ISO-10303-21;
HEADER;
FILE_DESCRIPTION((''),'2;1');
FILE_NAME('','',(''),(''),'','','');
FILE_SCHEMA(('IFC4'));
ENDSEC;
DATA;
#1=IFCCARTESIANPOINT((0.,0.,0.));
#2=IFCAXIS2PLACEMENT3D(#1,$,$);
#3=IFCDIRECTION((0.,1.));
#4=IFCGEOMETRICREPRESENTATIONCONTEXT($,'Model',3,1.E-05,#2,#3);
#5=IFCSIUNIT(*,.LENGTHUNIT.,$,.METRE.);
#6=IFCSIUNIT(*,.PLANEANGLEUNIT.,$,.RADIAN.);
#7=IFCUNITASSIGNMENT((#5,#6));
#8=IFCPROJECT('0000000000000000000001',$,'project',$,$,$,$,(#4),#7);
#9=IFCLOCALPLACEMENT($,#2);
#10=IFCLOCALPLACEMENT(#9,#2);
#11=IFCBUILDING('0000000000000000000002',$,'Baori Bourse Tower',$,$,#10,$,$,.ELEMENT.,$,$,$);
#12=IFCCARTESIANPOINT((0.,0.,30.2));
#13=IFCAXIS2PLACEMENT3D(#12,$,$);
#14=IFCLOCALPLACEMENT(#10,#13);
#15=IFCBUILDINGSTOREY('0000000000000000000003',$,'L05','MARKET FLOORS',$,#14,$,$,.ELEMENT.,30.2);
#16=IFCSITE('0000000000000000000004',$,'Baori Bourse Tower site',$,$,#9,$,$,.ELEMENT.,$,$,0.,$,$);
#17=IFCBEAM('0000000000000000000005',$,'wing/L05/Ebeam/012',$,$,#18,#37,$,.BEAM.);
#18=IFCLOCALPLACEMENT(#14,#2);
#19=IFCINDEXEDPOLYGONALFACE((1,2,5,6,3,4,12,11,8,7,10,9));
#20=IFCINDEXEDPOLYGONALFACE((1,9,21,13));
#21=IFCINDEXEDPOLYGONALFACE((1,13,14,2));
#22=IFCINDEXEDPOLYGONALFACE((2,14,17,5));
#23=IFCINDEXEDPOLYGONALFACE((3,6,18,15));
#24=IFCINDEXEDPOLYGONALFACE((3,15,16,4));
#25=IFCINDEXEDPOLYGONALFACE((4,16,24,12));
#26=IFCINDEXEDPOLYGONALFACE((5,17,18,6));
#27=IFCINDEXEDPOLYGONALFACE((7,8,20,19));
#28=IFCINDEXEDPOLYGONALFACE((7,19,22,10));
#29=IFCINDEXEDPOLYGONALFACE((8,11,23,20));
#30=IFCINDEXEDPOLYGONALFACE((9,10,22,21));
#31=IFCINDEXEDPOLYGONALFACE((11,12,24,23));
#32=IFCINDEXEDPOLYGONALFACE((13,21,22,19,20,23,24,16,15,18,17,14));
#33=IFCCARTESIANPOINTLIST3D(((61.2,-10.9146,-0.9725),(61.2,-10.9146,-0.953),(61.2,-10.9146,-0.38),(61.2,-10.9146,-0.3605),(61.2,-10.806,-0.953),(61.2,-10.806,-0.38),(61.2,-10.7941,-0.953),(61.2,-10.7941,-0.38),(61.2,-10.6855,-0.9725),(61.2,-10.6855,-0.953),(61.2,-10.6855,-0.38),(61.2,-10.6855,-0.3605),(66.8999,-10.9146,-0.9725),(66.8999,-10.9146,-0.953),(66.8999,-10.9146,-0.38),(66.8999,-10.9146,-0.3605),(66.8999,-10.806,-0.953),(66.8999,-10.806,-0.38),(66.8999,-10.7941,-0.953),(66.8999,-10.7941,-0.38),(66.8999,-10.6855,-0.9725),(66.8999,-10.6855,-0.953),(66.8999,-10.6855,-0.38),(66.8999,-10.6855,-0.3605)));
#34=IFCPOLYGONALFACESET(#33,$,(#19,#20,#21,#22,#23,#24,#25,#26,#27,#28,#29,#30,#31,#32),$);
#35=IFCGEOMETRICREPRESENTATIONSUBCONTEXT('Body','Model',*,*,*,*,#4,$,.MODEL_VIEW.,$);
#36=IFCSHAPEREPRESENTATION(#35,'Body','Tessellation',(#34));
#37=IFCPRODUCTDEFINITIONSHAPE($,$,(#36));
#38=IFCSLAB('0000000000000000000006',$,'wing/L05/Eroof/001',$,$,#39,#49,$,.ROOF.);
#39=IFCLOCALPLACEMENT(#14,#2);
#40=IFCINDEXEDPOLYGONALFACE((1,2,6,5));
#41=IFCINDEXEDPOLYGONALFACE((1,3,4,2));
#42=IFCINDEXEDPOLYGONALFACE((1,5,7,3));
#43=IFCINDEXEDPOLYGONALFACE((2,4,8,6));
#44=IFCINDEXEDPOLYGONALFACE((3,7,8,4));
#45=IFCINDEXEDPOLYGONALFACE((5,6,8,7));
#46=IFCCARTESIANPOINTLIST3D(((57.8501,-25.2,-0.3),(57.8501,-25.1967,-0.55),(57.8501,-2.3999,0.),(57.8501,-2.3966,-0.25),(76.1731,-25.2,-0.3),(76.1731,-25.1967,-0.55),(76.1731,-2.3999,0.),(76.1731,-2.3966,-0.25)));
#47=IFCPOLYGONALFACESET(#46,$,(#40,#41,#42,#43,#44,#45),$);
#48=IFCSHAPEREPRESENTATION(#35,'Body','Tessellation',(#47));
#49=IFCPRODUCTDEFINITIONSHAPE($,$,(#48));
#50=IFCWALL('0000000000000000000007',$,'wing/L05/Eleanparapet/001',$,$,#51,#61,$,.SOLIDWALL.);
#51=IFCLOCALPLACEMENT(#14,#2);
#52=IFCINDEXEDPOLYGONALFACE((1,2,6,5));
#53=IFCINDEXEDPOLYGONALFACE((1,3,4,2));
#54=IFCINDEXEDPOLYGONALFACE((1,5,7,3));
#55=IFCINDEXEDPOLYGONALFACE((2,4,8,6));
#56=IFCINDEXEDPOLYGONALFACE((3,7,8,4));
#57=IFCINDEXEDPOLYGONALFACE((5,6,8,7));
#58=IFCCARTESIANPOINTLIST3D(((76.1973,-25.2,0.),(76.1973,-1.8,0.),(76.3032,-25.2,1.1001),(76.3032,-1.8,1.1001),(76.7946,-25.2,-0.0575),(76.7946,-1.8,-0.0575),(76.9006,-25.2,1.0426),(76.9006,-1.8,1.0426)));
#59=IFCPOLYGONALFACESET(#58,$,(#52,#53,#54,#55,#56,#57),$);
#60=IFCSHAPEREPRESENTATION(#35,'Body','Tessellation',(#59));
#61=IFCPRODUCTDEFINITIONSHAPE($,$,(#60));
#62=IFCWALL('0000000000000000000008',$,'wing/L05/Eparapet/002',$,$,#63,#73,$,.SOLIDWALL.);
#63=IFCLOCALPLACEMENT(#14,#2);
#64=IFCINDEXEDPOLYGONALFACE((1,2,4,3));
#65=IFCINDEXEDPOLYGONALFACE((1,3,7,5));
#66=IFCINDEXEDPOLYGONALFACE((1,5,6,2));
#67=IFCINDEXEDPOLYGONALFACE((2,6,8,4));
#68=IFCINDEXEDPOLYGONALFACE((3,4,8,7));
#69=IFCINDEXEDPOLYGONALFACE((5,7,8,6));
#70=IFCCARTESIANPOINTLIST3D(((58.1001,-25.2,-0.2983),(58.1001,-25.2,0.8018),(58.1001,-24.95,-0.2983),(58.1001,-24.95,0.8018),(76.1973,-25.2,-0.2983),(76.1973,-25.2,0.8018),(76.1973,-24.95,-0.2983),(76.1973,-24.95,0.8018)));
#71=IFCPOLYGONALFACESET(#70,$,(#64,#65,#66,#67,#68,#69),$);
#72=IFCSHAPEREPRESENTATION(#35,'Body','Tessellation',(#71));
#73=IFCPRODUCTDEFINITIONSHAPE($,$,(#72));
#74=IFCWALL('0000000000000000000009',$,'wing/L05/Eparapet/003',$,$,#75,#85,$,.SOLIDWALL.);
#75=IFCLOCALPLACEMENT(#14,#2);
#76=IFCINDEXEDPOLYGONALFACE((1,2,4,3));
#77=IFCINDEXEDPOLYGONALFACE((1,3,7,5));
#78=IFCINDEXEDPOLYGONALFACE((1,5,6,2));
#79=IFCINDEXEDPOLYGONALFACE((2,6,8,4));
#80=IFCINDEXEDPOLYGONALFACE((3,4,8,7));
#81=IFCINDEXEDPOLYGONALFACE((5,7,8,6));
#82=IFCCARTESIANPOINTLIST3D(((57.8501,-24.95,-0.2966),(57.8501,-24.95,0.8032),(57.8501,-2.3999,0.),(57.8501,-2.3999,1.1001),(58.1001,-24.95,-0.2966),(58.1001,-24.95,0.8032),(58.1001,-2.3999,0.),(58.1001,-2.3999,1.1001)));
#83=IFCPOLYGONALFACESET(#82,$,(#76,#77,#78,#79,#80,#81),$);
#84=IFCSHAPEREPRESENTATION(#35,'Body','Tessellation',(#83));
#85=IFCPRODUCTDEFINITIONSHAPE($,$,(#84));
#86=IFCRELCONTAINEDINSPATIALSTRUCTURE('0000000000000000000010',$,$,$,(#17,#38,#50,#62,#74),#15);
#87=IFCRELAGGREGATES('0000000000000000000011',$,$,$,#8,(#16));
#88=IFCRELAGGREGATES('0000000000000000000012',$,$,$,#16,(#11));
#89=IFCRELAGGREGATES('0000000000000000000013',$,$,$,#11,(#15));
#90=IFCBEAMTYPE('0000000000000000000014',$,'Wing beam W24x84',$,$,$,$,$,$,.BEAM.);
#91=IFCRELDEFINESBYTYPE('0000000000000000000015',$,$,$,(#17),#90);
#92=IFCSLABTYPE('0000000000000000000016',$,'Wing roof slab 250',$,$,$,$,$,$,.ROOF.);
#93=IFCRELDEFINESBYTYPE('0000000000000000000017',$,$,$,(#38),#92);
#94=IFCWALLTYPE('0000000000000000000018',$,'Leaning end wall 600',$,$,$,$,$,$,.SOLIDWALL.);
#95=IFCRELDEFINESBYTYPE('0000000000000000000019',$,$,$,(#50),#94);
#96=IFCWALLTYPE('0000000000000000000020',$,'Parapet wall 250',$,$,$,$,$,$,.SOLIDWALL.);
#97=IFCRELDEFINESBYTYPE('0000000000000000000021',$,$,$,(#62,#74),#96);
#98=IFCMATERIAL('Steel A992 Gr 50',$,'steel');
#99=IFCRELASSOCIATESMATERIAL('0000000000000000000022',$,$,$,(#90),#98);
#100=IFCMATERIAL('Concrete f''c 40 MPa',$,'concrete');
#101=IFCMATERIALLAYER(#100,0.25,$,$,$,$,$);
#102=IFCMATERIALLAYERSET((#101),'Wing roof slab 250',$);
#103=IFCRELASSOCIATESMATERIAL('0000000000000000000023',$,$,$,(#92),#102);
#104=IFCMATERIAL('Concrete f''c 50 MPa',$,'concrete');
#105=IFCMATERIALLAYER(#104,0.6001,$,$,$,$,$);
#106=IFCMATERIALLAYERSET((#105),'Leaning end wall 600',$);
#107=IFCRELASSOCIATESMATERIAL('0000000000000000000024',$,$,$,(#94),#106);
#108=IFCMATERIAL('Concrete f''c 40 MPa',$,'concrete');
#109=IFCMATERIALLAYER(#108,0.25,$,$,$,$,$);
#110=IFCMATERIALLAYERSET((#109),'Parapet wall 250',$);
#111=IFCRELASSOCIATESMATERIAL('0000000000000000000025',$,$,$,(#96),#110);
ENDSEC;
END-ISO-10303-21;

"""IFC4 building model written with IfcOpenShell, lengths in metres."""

from ifc_helpers import new_model, si_unit, direction, frame, frame_2d, origin, origin_2d, place, context, subcontext, project, spatial, polyline, rectangle, i_section, outline, extrude, material, layer, layer_set, material_profile, profile_set, type_object, element, save


model = new_model("IFC4")

# Units and contexts
model_context = context("Model", 3, precision=1e-05, world=origin(), true_north=direction((0.0, 1.0)))
body_context = subcontext(model_context, "Body", "Model", "MODEL_VIEW")
ifc_project = project(units=[si_unit("LENGTHUNIT", "METRE"), si_unit("PLANEANGLEUNIT", "RADIAN")], contexts=[model_context])

# Site, building, storey
site_placement = place(None, origin())
site = spatial("IfcSite", under=ifc_project, at=site_placement, Name="Baori Bourse Tower site", CompositionType="ELEMENT", RefElevation=0.0)
building_placement = place(site_placement, origin())
building = spatial("IfcBuilding", under=site, at=building_placement, Name="Baori Bourse Tower", CompositionType="ELEMENT")
storey_placement = place(building_placement, frame((0.0, 0.0, 30.2)))
storey = spatial("IfcBuildingStorey", under=building, at=storey_placement, Name="L05", Description="MARKET FLOORS", CompositionType="ELEMENT", Elevation=30.2)

# Beam
ifc_material_1 = material(Name="Steel A992 Gr 50", Category="steel")
ifc_material_profile_1 = material_profile(ifc_material_1, i_section(OverallWidth=0.229, OverallDepth=0.6121, WebThickness=0.012, FlangeThickness=0.0195, at=origin_2d()), Name="W24x84")
ifc_profile_set_1 = profile_set([ifc_material_profile_1], Name="Steel A992 Gr 50")
beam_type_1 = type_object("IfcBeamType", Name="Wing beam W24x84", PredefinedType="BEAM", material=ifc_profile_set_1)
for number, where, z_axis, x_axis, name in (
    (1, (66.8999, -10.8, -0.6665), (-1.0, 0.0, 0.0), (0.0, -1.0, 0.0), "wing/L05/Ebeam/012"),
):
    element("IfcBeam", number, at=place(storey_placement, frame(where, z_axis=z_axis, x_axis=x_axis)), inside=storey, type_object=beam_type_1, Name=name, PredefinedType="BEAM", context=body_context, shape_type="SweptSolid", body=[
        extrude(i_section(OverallWidth=0.229, OverallDepth=0.6121, WebThickness=0.012, FlangeThickness=0.0195, at=origin_2d()), origin(), (0.0, 0.0, 1.0), 5.7),
    ])

# Slab
ifc_material_2 = material(Name="Concrete f'c 40 MPa", Category="concrete")
ifc_layer_1 = layer(ifc_material_2, 0.25)
ifc_layer_set_1 = layer_set([ifc_layer_1], Name="Wing roof slab 250")
slab_type = type_object("IfcSlabType", Name="Wing roof slab 250", PredefinedType="ROOF", material=ifc_layer_set_1)
slab_placement = place(storey_placement, frame((76.1731, -25.2, -0.3), z_axis=(0.0, -0.013159, 0.999913), x_axis=(-1.0, 0.0, 0.0)))
element("IfcSlab", 2, at=slab_placement, inside=storey, type_object=slab_type, Name="wing/L05/Eroof/001", PredefinedType="ROOF", context=body_context, shape_type="SweptSolid", body=[
    extrude(outline(polyline([(0.0, 0.0), (18.323, 0.0), (18.323, -22.802), (0.0, -22.802), (0.0, 0.0)])), origin(), (0.0, 0.0, -1.0), 0.25),
])

# Walls
ifc_material_3 = material(Name="Concrete f'c 50 MPa", Category="concrete")
ifc_layer_2 = layer(ifc_material_3, 0.6001)
ifc_layer_set_2 = layer_set([ifc_layer_2], Name="Leaning end wall 600")
wall_type_1 = type_object("IfcWallType", Name="Leaning end wall 600", PredefinedType="SOLIDWALL", material=ifc_layer_set_2)
wall_1_placement = place(storey_placement, frame((76.1973, -25.2, 0.0), z_axis=(-0.995394, 0.0, 0.095872), x_axis=(0.0, 1.0, 0.0)))
element("IfcWall", 3, at=wall_1_placement, inside=storey, type_object=wall_type_1, Name="wing/L05/Eleanparapet/001", PredefinedType="SOLIDWALL", context=body_context, shape_type="SweptSolid", body=[
    extrude(outline(polyline([(0.0, 0.0), (23.3999, 0.0), (23.3999, -1.1052), (0.0, -1.1052), (0.0, 0.0)])), origin(), (0.0, 0.0, -1.0), 0.6001),
])
ifc_material_4 = material(Name="Concrete f'c 40 MPa", Category="concrete")
ifc_layer_3 = layer(ifc_material_4, 0.25)
ifc_layer_set_3 = layer_set([ifc_layer_3], Name="Parapet wall 250")
wall_type_2 = type_object("IfcWallType", Name="Parapet wall 250", PredefinedType="SOLIDWALL", material=ifc_layer_set_3)
wall_2_placement = place(storey_placement, frame((58.1001, -25.075, -0.2983), z_axis=(0.0, 0.0, 1.0), x_axis=(1.0, 0.0, 0.0)))
element("IfcWall", 4, at=wall_2_placement, inside=storey, type_object=wall_type_2, Name="wing/L05/Eparapet/002", PredefinedType="SOLIDWALL", context=body_context, shape_type="SweptSolid", body=[
    extrude(rectangle(XDim=18.0972, YDim=0.25, at=frame_2d((9.0486, 0.0))), origin(), (0.0, 0.0, 1.0), 1.1001),
])
wall_3_placement = place(storey_placement, frame((57.8501, -24.95, 0.8032), z_axis=(-1.0, 0.0, 0.0), x_axis=(0.0, 0.999913, 0.013164)))
element("IfcWall", 5, at=wall_3_placement, inside=storey, type_object=wall_type_2, Name="wing/L05/Eparapet/003", PredefinedType="SOLIDWALL", context=body_context, shape_type="SweptSolid", body=[
    extrude(outline(polyline([(0.0, 0.0), (22.552, 0.0), (22.5375, 1.1), (-0.0145, 1.0998), (0.0, 0.0)])), origin(), (0.0, 0.0, -1.0), 0.25),
])

save(model, "model.ifc")
